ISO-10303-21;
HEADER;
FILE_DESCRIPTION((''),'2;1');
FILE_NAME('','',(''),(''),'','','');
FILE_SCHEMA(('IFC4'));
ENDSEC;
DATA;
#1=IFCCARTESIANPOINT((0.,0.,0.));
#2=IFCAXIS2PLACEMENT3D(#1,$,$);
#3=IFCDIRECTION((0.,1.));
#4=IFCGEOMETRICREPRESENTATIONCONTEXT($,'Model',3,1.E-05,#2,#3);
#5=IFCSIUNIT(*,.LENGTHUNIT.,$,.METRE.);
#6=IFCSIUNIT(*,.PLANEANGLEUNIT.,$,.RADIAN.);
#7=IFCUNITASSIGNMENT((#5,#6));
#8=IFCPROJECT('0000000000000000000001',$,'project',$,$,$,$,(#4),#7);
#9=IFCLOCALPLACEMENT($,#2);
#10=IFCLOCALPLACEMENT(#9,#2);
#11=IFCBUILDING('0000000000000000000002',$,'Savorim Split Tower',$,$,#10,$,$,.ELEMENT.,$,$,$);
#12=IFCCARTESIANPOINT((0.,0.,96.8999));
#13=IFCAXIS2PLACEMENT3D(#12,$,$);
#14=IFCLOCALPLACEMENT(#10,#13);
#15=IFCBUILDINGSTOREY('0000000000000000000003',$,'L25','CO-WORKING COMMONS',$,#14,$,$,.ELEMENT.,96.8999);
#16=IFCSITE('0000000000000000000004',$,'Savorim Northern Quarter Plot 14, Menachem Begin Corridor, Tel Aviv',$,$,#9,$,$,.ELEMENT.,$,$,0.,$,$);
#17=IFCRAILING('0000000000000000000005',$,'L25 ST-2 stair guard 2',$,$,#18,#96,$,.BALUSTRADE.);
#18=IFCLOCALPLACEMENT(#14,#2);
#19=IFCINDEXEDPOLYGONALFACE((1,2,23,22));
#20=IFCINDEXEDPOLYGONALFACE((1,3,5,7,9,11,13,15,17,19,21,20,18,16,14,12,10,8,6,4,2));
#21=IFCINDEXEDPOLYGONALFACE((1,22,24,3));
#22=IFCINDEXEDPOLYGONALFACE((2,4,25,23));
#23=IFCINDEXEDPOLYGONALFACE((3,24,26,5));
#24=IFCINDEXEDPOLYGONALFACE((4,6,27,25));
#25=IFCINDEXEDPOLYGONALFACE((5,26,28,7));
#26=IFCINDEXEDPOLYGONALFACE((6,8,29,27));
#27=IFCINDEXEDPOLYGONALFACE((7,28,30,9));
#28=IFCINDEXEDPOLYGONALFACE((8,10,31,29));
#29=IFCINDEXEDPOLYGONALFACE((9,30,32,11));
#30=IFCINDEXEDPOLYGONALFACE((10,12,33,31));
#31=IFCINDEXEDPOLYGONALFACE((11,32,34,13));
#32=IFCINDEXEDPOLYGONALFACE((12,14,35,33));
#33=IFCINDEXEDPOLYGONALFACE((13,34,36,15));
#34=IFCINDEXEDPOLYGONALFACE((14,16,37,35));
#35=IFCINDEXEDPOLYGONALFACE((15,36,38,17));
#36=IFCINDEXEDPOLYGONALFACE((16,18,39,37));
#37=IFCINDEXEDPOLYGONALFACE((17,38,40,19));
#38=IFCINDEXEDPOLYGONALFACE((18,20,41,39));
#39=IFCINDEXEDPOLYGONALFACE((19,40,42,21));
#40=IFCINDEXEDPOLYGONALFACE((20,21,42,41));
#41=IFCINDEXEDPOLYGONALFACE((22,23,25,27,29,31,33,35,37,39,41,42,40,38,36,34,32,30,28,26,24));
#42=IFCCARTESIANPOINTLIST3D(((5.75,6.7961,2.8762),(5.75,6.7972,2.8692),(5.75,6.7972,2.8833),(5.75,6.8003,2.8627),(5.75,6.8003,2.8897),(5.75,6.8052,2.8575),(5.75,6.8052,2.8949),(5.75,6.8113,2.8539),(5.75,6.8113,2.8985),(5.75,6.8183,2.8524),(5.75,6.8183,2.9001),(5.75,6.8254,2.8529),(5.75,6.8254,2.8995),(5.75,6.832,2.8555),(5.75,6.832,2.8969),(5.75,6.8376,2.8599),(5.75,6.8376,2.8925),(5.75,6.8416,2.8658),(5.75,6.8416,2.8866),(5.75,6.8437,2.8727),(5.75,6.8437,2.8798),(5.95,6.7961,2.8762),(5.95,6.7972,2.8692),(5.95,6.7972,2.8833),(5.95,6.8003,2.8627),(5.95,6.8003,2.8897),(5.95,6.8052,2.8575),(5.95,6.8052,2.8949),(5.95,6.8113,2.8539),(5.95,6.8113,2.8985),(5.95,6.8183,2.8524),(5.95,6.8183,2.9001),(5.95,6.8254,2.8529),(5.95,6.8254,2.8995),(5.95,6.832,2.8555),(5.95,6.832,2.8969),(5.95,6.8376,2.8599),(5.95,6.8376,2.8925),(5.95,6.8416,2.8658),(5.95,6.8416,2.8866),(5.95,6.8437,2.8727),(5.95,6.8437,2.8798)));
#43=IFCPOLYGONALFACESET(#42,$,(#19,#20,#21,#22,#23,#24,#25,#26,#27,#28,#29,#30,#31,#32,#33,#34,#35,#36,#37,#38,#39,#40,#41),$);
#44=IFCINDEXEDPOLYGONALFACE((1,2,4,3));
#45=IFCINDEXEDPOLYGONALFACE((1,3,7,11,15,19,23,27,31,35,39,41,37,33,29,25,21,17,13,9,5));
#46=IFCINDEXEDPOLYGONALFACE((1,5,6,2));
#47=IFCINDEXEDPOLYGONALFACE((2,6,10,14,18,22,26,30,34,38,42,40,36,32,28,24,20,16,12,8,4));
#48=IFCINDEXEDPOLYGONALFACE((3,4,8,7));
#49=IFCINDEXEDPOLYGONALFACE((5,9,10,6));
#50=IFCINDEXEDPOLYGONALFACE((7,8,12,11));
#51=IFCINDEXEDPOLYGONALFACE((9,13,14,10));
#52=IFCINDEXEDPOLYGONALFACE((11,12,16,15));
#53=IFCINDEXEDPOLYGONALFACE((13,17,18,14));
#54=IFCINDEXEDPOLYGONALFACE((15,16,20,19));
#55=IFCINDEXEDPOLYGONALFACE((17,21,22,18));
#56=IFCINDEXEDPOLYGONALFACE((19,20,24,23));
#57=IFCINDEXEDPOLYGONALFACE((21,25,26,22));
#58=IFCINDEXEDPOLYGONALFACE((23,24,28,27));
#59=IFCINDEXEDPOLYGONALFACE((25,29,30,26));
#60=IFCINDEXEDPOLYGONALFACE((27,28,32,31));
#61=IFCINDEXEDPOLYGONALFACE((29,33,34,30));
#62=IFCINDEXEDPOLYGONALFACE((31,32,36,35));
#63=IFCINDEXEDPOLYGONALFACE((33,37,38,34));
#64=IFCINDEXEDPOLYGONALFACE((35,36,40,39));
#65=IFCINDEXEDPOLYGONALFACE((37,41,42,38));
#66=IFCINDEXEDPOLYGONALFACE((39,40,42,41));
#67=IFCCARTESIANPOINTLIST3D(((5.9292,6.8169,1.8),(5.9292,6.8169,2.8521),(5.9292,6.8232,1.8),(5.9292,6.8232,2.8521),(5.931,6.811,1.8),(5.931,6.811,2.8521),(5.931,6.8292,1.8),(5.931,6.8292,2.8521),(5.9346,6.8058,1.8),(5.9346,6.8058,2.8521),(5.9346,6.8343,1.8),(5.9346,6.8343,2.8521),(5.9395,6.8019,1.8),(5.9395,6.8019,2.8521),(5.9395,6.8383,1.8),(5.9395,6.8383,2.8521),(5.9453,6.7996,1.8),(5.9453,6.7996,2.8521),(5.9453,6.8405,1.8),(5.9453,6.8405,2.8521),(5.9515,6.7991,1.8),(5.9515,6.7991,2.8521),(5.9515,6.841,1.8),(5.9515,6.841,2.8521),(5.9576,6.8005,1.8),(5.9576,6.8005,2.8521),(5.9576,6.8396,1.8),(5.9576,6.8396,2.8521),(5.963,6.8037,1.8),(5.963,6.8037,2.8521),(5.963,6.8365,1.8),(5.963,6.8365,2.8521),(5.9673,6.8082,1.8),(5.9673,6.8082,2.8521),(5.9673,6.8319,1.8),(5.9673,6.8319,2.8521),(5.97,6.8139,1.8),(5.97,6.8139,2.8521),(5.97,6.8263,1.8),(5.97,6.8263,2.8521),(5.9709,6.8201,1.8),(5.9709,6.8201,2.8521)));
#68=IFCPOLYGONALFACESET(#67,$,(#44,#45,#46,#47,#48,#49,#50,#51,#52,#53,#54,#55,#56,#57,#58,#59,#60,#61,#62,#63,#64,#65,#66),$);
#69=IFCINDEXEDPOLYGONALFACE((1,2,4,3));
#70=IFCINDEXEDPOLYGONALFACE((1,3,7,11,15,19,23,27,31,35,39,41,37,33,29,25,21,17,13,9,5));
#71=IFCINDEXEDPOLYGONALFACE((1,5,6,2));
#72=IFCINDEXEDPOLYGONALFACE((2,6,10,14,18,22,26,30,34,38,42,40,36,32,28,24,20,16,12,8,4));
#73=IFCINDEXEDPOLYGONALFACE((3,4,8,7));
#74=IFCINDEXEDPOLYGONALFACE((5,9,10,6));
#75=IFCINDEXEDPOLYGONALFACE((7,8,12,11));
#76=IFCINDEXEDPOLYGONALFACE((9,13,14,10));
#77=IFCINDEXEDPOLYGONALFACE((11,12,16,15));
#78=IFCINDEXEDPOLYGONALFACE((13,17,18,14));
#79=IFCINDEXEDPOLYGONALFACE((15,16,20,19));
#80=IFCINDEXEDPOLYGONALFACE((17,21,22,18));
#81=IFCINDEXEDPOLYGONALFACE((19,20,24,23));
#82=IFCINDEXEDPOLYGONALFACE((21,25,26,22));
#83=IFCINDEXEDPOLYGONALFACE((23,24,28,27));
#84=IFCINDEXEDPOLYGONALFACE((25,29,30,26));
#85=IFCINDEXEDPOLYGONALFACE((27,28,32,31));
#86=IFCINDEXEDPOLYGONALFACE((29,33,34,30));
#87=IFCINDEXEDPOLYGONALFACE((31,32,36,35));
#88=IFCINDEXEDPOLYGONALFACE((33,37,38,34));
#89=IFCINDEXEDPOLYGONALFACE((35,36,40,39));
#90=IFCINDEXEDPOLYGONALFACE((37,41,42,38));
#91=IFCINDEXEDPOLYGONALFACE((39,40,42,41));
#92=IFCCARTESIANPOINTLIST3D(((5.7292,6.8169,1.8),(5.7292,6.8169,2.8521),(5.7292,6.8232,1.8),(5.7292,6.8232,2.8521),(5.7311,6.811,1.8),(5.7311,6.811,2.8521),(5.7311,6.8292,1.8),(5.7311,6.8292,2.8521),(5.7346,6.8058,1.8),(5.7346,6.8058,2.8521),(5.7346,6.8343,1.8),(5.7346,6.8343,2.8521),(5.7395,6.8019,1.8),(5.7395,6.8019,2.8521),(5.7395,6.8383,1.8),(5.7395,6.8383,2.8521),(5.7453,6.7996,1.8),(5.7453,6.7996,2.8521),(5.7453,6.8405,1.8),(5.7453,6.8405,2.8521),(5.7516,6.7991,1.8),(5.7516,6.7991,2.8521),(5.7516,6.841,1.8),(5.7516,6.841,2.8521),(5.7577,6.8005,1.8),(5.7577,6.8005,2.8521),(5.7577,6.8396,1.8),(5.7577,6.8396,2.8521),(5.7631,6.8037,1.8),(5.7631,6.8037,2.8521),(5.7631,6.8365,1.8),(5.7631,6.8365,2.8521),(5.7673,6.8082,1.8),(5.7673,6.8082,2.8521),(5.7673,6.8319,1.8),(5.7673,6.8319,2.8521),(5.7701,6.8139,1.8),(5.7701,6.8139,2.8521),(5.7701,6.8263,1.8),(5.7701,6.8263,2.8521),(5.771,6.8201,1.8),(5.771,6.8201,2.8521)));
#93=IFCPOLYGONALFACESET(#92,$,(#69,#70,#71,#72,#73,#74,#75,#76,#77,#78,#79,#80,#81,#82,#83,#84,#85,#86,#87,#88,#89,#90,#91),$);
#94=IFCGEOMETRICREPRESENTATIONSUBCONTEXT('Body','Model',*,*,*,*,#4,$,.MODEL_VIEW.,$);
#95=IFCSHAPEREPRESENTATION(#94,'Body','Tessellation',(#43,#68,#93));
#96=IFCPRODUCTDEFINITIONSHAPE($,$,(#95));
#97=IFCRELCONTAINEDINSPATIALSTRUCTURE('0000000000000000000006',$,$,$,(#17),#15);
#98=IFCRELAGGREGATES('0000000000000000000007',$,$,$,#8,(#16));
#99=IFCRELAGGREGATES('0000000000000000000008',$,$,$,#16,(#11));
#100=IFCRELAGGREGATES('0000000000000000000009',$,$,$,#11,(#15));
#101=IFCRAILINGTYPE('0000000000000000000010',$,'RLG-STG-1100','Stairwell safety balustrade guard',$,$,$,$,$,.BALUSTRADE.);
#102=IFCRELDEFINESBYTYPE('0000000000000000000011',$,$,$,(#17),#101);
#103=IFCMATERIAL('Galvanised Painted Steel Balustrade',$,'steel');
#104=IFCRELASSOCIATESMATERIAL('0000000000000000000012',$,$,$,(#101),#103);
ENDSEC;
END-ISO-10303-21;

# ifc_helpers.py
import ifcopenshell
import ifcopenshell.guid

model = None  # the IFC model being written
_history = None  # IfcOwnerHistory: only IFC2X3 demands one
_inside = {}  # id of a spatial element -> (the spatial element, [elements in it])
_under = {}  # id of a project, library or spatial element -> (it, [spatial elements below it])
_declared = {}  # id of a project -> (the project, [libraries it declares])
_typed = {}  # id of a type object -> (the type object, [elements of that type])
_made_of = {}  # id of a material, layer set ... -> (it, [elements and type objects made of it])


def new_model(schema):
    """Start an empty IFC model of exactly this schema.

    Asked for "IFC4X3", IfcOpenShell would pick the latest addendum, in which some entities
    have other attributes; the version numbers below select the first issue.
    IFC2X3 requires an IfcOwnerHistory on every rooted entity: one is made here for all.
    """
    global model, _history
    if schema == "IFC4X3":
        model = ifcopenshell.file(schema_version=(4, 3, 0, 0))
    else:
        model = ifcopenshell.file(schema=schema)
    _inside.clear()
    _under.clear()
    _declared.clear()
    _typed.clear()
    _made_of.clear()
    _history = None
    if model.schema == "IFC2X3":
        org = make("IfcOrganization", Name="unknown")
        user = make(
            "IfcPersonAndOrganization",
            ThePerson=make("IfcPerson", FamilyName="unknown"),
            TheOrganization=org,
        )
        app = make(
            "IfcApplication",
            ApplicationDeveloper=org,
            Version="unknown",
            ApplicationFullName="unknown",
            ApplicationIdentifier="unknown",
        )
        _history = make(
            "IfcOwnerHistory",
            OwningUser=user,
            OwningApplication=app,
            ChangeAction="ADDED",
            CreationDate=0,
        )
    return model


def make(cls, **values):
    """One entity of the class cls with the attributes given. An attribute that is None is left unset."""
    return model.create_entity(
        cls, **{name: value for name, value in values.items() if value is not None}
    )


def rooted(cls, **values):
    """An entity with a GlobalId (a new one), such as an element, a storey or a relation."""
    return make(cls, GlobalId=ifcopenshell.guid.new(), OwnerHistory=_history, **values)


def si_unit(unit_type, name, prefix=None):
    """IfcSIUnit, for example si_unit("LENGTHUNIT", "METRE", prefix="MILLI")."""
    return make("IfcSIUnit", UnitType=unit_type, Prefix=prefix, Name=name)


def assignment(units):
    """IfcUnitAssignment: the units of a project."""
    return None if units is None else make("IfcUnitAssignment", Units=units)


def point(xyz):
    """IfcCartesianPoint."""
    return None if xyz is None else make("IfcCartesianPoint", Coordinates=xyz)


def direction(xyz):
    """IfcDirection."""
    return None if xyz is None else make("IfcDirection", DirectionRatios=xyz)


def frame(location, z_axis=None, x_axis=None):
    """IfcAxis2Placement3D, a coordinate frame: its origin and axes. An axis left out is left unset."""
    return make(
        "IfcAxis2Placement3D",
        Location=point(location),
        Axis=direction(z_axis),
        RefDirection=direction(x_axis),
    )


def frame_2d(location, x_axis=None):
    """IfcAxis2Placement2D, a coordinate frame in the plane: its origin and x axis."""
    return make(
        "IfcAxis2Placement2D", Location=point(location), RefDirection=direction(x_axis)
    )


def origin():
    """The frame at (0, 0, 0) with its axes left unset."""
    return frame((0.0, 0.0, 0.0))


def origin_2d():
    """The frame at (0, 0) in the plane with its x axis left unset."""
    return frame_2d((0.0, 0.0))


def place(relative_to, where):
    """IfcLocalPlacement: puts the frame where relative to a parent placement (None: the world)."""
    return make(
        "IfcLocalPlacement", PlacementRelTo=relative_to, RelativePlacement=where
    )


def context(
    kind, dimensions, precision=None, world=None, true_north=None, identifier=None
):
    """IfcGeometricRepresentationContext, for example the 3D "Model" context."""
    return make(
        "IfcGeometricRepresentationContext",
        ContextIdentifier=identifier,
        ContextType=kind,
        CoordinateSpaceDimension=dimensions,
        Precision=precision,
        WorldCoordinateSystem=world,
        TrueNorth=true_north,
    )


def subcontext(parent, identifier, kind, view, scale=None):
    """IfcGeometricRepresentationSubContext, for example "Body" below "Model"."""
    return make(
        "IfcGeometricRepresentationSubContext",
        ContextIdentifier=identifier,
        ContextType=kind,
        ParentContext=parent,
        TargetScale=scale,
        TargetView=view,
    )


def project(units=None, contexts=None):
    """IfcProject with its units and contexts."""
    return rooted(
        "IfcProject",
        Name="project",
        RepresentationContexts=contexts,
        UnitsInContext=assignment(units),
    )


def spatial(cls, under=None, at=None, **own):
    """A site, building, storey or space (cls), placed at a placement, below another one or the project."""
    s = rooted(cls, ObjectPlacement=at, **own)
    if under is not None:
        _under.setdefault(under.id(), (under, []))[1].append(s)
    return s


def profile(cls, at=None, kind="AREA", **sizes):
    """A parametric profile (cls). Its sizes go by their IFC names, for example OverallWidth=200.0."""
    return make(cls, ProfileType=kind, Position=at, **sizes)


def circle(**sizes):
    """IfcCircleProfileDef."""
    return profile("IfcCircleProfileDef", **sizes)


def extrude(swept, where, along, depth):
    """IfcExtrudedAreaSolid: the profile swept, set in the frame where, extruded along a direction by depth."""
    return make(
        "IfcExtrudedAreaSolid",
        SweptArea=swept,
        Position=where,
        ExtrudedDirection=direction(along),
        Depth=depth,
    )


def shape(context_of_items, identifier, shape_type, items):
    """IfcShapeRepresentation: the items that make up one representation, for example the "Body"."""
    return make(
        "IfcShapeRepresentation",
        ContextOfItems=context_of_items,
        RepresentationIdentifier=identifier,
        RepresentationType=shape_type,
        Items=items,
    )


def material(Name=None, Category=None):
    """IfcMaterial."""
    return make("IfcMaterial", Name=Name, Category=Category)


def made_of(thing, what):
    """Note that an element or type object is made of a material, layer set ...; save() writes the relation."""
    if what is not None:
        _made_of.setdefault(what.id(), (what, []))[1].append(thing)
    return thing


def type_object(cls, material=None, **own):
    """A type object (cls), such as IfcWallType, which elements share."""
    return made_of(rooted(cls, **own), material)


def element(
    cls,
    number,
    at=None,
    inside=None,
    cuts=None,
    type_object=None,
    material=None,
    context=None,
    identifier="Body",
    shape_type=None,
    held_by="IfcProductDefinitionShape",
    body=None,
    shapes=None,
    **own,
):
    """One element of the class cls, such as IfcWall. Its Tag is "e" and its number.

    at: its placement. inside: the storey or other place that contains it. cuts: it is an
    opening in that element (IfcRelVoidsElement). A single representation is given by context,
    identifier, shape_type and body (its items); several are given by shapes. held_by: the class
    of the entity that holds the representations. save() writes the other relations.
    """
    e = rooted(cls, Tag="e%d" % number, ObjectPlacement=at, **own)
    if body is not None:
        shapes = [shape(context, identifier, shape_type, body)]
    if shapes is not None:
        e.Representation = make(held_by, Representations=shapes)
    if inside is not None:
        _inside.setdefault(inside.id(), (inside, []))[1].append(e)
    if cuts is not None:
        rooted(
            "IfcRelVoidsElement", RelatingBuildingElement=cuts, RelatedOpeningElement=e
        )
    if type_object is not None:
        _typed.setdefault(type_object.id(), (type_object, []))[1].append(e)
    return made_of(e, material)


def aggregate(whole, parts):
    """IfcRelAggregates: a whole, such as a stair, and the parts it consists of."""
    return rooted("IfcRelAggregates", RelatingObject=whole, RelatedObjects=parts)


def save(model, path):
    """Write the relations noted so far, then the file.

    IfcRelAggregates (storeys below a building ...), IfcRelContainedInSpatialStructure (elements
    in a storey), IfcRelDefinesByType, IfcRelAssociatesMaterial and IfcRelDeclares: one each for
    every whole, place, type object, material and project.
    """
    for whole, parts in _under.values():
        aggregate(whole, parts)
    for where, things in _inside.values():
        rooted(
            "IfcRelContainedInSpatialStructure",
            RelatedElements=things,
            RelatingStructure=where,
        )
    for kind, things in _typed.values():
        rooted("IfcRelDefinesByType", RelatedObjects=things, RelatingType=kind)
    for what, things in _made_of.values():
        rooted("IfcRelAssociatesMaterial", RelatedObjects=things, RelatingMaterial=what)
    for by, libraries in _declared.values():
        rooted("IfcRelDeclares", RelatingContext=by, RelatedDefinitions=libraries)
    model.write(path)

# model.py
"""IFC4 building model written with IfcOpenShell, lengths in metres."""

from ifc_helpers import new_model, si_unit, direction, frame, origin, origin_2d, place, context, subcontext, project, spatial, circle, extrude, material, type_object, element, save


model = new_model("IFC4")

# Units and contexts
model_context = context("Model", 3, precision=1e-05, world=origin(), true_north=direction((0.0, 1.0)))
body_context = subcontext(model_context, "Body", "Model", "MODEL_VIEW")
ifc_project = project(units=[si_unit("LENGTHUNIT", "METRE"), si_unit("PLANEANGLEUNIT", "RADIAN")], contexts=[model_context])

# Site, building, storey
site_placement = place(None, origin())
site = spatial("IfcSite", under=ifc_project, at=site_placement, Name="Savorim Northern Quarter Plot 14, Menachem Begin Corridor, Tel Aviv", CompositionType="ELEMENT", RefElevation=0.0)
building_placement = place(site_placement, origin())
building = spatial("IfcBuilding", under=site, at=building_placement, Name="Savorim Split Tower", CompositionType="ELEMENT")
storey_placement = place(building_placement, frame((0.0, 0.0, 96.8999)))
storey = spatial("IfcBuildingStorey", under=building, at=storey_placement, Name="L25", Description="CO-WORKING COMMONS", CompositionType="ELEMENT", Elevation=96.8999)

# Railing
ifc_material_1 = material(Name="Galvanised Painted Steel Balustrade", Category="steel")
railing_type_1 = type_object("IfcRailingType", Name="RLG-STG-1100", Description="Stairwell safety balustrade guard", PredefinedType="BALUSTRADE", material=ifc_material_1)
railing_1_placement = place(storey_placement, frame((5.95, 6.8201, 1.8)))
element("IfcRailing", 1, at=railing_1_placement, inside=storey, type_object=railing_type_1, Name="L25 ST-2 stair guard 2", PredefinedType="BALUSTRADE", context=body_context, shape_type="SweptSolid", body=[
    extrude(circle(Radius=0.0239, at=origin_2d()), frame((0.0, 0.0, 1.0762), z_axis=(-1.0, 0.0, 0.0), x_axis=(0.0, -1.0, 0.0)), (0.0, 0.0, 1.0), 0.2),
    extrude(circle(Radius=0.021, at=origin_2d()), origin(), (0.0, 0.0, 1.0), 1.052),
    extrude(circle(Radius=0.021, at=origin_2d()), frame((-0.2, 0.0, 0.0)), (0.0, 0.0, 1.0), 1.052),
])

save(model, "model.ifc")
